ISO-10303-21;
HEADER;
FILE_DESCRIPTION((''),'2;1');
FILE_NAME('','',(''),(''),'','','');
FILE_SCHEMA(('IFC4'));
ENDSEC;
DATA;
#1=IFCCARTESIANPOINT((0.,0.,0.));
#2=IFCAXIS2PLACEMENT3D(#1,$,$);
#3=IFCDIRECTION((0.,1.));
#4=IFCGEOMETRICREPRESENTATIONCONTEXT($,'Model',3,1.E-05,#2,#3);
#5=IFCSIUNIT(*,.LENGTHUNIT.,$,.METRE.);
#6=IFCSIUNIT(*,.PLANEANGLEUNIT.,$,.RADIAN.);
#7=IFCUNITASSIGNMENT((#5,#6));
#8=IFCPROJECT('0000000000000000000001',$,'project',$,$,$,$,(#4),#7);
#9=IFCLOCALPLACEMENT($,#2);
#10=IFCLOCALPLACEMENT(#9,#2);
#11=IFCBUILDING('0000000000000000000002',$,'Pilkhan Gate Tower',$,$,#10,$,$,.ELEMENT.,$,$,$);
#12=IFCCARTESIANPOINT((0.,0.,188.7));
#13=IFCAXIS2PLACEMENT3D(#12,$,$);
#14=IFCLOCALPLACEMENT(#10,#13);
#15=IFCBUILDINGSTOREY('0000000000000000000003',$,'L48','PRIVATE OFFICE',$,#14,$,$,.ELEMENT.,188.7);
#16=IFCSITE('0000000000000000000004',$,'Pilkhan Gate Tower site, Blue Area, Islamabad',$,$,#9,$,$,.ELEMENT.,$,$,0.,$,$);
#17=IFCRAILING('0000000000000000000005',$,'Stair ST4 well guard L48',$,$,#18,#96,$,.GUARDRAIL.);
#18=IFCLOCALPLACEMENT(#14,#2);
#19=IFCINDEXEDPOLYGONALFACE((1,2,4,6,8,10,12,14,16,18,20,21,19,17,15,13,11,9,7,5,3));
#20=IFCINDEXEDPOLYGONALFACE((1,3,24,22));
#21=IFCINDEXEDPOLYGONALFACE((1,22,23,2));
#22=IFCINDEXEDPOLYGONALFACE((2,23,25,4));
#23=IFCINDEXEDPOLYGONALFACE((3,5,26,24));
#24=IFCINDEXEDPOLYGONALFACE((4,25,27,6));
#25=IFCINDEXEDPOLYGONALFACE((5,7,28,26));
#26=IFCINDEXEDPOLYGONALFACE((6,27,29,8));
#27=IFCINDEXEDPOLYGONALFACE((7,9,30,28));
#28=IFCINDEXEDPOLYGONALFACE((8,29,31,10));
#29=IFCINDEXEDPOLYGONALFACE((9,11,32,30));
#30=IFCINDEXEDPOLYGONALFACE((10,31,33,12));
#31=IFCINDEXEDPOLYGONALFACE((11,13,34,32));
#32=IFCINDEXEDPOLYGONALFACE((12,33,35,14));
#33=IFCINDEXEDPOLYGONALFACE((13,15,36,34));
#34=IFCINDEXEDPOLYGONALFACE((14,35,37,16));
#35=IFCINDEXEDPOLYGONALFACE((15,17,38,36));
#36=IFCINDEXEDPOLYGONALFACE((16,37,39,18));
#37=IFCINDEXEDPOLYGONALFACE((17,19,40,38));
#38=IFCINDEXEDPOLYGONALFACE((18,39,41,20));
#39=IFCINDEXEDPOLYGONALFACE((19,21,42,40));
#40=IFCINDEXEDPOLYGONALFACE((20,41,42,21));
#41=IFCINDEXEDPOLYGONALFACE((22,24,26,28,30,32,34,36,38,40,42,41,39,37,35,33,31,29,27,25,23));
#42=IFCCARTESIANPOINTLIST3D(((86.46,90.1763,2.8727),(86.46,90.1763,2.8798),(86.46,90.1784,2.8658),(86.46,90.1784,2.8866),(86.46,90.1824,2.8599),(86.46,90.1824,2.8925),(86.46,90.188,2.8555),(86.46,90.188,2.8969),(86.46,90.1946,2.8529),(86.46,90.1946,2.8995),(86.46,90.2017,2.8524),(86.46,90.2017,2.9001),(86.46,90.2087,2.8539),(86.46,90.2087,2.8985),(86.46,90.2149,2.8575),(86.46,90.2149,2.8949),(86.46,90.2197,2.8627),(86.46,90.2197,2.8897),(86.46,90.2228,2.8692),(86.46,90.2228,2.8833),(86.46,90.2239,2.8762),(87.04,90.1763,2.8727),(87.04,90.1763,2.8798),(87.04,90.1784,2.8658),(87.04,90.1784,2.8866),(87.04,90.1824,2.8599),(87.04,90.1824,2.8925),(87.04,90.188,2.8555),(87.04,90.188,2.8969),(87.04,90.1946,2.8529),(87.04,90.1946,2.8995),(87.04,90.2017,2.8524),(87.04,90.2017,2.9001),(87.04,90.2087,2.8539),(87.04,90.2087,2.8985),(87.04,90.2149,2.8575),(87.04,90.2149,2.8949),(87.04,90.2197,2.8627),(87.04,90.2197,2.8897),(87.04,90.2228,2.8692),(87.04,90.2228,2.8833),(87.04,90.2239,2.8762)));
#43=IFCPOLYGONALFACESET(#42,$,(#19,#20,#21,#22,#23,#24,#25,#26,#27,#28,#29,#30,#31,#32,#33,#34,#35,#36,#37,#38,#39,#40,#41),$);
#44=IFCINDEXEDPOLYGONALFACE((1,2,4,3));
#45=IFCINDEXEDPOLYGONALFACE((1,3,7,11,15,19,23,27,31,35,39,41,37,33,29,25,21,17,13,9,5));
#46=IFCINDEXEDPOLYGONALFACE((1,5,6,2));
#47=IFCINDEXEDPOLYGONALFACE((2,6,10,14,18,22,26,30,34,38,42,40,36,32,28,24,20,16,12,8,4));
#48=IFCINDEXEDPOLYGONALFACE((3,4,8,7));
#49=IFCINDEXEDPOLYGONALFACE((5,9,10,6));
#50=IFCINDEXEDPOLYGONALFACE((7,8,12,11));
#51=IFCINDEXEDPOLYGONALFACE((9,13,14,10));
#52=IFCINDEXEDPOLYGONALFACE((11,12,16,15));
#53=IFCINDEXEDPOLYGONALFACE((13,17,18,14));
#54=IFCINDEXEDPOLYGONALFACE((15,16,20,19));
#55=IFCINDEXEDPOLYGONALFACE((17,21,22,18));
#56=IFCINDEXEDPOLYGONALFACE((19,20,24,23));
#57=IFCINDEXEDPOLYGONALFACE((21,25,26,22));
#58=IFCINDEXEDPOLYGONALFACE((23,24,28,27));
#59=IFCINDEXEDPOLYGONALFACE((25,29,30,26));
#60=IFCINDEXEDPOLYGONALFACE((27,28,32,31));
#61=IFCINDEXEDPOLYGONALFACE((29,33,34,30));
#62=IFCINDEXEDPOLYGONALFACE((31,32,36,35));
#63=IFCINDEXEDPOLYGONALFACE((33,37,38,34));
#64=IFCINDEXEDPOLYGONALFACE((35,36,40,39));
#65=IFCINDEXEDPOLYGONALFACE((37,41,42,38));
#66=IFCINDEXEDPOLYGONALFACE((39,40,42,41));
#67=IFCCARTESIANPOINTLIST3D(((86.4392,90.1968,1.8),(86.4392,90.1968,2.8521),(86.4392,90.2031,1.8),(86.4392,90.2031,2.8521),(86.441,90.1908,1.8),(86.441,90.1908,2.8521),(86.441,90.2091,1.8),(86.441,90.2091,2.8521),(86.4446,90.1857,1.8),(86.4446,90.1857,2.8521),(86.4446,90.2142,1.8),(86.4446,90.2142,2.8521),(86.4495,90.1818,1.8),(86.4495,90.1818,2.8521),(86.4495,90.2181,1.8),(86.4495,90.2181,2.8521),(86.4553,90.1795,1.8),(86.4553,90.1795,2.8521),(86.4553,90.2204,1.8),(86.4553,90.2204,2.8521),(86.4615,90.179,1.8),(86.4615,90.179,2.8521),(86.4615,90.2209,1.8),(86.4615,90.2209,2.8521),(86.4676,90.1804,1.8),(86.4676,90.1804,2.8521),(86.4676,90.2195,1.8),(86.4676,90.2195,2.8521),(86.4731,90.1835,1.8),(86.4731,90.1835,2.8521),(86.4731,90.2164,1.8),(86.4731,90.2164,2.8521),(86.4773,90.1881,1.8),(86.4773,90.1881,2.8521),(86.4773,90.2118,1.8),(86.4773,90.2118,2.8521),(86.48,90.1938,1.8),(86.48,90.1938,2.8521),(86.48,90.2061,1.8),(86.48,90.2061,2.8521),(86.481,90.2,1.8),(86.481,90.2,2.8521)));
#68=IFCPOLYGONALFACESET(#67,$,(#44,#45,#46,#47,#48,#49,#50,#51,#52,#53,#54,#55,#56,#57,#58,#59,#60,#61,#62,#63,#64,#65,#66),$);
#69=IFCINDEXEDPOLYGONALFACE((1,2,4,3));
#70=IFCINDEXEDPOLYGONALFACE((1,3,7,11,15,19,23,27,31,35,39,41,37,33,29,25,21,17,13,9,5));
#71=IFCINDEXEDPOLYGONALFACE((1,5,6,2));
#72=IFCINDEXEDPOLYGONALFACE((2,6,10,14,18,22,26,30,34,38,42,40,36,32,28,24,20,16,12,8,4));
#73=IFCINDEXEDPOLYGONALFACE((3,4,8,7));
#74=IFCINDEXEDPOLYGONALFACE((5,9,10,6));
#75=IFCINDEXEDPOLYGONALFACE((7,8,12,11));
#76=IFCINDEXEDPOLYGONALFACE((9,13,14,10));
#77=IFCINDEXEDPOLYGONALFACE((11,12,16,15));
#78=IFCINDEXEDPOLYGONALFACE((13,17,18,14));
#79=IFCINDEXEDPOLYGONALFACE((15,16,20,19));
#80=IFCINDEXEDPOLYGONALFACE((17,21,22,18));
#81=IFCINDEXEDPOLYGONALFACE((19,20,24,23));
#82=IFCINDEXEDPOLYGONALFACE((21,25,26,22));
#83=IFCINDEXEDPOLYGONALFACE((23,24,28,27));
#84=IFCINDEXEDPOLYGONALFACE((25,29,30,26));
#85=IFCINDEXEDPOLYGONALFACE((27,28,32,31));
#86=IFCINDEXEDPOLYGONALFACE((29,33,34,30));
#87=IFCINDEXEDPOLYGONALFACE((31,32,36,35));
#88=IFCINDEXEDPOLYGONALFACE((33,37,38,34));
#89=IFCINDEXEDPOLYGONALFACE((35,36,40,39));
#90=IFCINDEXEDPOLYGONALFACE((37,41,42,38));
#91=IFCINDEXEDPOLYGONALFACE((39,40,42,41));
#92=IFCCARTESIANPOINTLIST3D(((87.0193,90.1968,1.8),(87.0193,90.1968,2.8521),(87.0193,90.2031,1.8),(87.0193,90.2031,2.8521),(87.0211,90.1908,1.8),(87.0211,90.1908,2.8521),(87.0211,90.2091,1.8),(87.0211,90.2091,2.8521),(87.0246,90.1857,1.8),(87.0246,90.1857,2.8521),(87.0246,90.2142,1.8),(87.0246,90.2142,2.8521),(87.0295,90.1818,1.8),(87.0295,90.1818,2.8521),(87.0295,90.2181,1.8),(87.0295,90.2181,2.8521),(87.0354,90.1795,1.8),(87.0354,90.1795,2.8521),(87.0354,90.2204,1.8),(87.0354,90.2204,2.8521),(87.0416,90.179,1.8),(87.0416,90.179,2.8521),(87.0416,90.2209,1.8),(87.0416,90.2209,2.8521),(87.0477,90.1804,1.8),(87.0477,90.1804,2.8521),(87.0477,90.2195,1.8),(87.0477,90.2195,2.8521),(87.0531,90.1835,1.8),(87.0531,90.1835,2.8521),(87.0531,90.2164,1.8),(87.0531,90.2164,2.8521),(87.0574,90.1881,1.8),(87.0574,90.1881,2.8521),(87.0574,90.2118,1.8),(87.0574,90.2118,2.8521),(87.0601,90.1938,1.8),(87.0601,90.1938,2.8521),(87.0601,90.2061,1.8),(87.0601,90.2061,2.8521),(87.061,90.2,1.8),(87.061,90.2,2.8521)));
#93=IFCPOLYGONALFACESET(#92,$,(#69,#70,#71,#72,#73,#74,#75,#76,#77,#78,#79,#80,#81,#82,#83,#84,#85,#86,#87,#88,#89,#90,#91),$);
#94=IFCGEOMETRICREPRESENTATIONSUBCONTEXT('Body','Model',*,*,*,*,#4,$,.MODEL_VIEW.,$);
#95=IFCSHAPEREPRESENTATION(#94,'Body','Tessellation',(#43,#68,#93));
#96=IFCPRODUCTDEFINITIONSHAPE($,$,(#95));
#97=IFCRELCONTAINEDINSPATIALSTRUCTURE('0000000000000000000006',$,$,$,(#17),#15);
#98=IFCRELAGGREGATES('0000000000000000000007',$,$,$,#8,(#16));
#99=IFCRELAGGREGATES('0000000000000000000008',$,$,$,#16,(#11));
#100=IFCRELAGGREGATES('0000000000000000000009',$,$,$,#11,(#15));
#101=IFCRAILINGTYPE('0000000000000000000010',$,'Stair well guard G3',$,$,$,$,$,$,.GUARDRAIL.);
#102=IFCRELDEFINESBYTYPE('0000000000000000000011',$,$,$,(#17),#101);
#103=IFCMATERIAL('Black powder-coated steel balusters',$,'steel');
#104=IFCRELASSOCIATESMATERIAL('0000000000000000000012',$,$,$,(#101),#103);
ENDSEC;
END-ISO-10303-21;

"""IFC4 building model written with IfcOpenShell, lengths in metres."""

from ifc_helpers import new_model, si_unit, direction, frame, origin, origin_2d, place, context, subcontext, project, spatial, circle, extrude, material, type_object, element, save


model = new_model("IFC4")

# Units and contexts
model_context = context("Model", 3, precision=1e-05, world=origin(), true_north=direction((0.0, 1.0)))
body_context = subcontext(model_context, "Body", "Model", "MODEL_VIEW")
ifc_project = project(units=[si_unit("LENGTHUNIT", "METRE"), si_unit("PLANEANGLEUNIT", "RADIAN")], contexts=[model_context])

# Site, building, storey
site_placement = place(None, origin())
site = spatial("IfcSite", under=ifc_project, at=site_placement, Name="Pilkhan Gate Tower site, Blue Area, Islamabad", CompositionType="ELEMENT", RefElevation=0.0)
building_placement = place(site_placement, origin())
building = spatial("IfcBuilding", under=site, at=building_placement, Name="Pilkhan Gate Tower", CompositionType="ELEMENT")
storey_placement = place(building_placement, frame((0.0, 0.0, 188.7)))
storey = spatial("IfcBuildingStorey", under=building, at=storey_placement, Name="L48", Description="PRIVATE OFFICE", CompositionType="ELEMENT", Elevation=188.7)

# Railing
ifc_material_1 = material(Name="Black powder-coated steel balusters", Category="steel")
railing_type_1 = type_object("IfcRailingType", Name="Stair well guard G3", PredefinedType="GUARDRAIL", material=ifc_material_1)
for number, where, name in (
    (1, (86.46, 90.2, 1.8), "Stair ST4 well guard L48"),
):
    element("IfcRailing", number, at=place(storey_placement, frame(where)), inside=storey, type_object=railing_type_1, Name=name, PredefinedType="GUARDRAIL", context=body_context, shape_type="SweptSolid", body=[
        extrude(circle(Radius=0.0239, at=origin_2d()), frame((0.0, 0.0, 1.0762), z_axis=(1.0, 0.0, 0.0), x_axis=(0.0, 1.0, 0.0)), (0.0, 0.0, 1.0), 0.5801),
        extrude(circle(Radius=0.021, at=origin_2d()), origin(), (0.0, 0.0, 1.0), 1.052),
        extrude(circle(Radius=0.021, at=origin_2d()), frame((0.5801, 0.0, 0.0)), (0.0, 0.0, 1.0), 1.052),
    ])

save(model, "model.ifc")
